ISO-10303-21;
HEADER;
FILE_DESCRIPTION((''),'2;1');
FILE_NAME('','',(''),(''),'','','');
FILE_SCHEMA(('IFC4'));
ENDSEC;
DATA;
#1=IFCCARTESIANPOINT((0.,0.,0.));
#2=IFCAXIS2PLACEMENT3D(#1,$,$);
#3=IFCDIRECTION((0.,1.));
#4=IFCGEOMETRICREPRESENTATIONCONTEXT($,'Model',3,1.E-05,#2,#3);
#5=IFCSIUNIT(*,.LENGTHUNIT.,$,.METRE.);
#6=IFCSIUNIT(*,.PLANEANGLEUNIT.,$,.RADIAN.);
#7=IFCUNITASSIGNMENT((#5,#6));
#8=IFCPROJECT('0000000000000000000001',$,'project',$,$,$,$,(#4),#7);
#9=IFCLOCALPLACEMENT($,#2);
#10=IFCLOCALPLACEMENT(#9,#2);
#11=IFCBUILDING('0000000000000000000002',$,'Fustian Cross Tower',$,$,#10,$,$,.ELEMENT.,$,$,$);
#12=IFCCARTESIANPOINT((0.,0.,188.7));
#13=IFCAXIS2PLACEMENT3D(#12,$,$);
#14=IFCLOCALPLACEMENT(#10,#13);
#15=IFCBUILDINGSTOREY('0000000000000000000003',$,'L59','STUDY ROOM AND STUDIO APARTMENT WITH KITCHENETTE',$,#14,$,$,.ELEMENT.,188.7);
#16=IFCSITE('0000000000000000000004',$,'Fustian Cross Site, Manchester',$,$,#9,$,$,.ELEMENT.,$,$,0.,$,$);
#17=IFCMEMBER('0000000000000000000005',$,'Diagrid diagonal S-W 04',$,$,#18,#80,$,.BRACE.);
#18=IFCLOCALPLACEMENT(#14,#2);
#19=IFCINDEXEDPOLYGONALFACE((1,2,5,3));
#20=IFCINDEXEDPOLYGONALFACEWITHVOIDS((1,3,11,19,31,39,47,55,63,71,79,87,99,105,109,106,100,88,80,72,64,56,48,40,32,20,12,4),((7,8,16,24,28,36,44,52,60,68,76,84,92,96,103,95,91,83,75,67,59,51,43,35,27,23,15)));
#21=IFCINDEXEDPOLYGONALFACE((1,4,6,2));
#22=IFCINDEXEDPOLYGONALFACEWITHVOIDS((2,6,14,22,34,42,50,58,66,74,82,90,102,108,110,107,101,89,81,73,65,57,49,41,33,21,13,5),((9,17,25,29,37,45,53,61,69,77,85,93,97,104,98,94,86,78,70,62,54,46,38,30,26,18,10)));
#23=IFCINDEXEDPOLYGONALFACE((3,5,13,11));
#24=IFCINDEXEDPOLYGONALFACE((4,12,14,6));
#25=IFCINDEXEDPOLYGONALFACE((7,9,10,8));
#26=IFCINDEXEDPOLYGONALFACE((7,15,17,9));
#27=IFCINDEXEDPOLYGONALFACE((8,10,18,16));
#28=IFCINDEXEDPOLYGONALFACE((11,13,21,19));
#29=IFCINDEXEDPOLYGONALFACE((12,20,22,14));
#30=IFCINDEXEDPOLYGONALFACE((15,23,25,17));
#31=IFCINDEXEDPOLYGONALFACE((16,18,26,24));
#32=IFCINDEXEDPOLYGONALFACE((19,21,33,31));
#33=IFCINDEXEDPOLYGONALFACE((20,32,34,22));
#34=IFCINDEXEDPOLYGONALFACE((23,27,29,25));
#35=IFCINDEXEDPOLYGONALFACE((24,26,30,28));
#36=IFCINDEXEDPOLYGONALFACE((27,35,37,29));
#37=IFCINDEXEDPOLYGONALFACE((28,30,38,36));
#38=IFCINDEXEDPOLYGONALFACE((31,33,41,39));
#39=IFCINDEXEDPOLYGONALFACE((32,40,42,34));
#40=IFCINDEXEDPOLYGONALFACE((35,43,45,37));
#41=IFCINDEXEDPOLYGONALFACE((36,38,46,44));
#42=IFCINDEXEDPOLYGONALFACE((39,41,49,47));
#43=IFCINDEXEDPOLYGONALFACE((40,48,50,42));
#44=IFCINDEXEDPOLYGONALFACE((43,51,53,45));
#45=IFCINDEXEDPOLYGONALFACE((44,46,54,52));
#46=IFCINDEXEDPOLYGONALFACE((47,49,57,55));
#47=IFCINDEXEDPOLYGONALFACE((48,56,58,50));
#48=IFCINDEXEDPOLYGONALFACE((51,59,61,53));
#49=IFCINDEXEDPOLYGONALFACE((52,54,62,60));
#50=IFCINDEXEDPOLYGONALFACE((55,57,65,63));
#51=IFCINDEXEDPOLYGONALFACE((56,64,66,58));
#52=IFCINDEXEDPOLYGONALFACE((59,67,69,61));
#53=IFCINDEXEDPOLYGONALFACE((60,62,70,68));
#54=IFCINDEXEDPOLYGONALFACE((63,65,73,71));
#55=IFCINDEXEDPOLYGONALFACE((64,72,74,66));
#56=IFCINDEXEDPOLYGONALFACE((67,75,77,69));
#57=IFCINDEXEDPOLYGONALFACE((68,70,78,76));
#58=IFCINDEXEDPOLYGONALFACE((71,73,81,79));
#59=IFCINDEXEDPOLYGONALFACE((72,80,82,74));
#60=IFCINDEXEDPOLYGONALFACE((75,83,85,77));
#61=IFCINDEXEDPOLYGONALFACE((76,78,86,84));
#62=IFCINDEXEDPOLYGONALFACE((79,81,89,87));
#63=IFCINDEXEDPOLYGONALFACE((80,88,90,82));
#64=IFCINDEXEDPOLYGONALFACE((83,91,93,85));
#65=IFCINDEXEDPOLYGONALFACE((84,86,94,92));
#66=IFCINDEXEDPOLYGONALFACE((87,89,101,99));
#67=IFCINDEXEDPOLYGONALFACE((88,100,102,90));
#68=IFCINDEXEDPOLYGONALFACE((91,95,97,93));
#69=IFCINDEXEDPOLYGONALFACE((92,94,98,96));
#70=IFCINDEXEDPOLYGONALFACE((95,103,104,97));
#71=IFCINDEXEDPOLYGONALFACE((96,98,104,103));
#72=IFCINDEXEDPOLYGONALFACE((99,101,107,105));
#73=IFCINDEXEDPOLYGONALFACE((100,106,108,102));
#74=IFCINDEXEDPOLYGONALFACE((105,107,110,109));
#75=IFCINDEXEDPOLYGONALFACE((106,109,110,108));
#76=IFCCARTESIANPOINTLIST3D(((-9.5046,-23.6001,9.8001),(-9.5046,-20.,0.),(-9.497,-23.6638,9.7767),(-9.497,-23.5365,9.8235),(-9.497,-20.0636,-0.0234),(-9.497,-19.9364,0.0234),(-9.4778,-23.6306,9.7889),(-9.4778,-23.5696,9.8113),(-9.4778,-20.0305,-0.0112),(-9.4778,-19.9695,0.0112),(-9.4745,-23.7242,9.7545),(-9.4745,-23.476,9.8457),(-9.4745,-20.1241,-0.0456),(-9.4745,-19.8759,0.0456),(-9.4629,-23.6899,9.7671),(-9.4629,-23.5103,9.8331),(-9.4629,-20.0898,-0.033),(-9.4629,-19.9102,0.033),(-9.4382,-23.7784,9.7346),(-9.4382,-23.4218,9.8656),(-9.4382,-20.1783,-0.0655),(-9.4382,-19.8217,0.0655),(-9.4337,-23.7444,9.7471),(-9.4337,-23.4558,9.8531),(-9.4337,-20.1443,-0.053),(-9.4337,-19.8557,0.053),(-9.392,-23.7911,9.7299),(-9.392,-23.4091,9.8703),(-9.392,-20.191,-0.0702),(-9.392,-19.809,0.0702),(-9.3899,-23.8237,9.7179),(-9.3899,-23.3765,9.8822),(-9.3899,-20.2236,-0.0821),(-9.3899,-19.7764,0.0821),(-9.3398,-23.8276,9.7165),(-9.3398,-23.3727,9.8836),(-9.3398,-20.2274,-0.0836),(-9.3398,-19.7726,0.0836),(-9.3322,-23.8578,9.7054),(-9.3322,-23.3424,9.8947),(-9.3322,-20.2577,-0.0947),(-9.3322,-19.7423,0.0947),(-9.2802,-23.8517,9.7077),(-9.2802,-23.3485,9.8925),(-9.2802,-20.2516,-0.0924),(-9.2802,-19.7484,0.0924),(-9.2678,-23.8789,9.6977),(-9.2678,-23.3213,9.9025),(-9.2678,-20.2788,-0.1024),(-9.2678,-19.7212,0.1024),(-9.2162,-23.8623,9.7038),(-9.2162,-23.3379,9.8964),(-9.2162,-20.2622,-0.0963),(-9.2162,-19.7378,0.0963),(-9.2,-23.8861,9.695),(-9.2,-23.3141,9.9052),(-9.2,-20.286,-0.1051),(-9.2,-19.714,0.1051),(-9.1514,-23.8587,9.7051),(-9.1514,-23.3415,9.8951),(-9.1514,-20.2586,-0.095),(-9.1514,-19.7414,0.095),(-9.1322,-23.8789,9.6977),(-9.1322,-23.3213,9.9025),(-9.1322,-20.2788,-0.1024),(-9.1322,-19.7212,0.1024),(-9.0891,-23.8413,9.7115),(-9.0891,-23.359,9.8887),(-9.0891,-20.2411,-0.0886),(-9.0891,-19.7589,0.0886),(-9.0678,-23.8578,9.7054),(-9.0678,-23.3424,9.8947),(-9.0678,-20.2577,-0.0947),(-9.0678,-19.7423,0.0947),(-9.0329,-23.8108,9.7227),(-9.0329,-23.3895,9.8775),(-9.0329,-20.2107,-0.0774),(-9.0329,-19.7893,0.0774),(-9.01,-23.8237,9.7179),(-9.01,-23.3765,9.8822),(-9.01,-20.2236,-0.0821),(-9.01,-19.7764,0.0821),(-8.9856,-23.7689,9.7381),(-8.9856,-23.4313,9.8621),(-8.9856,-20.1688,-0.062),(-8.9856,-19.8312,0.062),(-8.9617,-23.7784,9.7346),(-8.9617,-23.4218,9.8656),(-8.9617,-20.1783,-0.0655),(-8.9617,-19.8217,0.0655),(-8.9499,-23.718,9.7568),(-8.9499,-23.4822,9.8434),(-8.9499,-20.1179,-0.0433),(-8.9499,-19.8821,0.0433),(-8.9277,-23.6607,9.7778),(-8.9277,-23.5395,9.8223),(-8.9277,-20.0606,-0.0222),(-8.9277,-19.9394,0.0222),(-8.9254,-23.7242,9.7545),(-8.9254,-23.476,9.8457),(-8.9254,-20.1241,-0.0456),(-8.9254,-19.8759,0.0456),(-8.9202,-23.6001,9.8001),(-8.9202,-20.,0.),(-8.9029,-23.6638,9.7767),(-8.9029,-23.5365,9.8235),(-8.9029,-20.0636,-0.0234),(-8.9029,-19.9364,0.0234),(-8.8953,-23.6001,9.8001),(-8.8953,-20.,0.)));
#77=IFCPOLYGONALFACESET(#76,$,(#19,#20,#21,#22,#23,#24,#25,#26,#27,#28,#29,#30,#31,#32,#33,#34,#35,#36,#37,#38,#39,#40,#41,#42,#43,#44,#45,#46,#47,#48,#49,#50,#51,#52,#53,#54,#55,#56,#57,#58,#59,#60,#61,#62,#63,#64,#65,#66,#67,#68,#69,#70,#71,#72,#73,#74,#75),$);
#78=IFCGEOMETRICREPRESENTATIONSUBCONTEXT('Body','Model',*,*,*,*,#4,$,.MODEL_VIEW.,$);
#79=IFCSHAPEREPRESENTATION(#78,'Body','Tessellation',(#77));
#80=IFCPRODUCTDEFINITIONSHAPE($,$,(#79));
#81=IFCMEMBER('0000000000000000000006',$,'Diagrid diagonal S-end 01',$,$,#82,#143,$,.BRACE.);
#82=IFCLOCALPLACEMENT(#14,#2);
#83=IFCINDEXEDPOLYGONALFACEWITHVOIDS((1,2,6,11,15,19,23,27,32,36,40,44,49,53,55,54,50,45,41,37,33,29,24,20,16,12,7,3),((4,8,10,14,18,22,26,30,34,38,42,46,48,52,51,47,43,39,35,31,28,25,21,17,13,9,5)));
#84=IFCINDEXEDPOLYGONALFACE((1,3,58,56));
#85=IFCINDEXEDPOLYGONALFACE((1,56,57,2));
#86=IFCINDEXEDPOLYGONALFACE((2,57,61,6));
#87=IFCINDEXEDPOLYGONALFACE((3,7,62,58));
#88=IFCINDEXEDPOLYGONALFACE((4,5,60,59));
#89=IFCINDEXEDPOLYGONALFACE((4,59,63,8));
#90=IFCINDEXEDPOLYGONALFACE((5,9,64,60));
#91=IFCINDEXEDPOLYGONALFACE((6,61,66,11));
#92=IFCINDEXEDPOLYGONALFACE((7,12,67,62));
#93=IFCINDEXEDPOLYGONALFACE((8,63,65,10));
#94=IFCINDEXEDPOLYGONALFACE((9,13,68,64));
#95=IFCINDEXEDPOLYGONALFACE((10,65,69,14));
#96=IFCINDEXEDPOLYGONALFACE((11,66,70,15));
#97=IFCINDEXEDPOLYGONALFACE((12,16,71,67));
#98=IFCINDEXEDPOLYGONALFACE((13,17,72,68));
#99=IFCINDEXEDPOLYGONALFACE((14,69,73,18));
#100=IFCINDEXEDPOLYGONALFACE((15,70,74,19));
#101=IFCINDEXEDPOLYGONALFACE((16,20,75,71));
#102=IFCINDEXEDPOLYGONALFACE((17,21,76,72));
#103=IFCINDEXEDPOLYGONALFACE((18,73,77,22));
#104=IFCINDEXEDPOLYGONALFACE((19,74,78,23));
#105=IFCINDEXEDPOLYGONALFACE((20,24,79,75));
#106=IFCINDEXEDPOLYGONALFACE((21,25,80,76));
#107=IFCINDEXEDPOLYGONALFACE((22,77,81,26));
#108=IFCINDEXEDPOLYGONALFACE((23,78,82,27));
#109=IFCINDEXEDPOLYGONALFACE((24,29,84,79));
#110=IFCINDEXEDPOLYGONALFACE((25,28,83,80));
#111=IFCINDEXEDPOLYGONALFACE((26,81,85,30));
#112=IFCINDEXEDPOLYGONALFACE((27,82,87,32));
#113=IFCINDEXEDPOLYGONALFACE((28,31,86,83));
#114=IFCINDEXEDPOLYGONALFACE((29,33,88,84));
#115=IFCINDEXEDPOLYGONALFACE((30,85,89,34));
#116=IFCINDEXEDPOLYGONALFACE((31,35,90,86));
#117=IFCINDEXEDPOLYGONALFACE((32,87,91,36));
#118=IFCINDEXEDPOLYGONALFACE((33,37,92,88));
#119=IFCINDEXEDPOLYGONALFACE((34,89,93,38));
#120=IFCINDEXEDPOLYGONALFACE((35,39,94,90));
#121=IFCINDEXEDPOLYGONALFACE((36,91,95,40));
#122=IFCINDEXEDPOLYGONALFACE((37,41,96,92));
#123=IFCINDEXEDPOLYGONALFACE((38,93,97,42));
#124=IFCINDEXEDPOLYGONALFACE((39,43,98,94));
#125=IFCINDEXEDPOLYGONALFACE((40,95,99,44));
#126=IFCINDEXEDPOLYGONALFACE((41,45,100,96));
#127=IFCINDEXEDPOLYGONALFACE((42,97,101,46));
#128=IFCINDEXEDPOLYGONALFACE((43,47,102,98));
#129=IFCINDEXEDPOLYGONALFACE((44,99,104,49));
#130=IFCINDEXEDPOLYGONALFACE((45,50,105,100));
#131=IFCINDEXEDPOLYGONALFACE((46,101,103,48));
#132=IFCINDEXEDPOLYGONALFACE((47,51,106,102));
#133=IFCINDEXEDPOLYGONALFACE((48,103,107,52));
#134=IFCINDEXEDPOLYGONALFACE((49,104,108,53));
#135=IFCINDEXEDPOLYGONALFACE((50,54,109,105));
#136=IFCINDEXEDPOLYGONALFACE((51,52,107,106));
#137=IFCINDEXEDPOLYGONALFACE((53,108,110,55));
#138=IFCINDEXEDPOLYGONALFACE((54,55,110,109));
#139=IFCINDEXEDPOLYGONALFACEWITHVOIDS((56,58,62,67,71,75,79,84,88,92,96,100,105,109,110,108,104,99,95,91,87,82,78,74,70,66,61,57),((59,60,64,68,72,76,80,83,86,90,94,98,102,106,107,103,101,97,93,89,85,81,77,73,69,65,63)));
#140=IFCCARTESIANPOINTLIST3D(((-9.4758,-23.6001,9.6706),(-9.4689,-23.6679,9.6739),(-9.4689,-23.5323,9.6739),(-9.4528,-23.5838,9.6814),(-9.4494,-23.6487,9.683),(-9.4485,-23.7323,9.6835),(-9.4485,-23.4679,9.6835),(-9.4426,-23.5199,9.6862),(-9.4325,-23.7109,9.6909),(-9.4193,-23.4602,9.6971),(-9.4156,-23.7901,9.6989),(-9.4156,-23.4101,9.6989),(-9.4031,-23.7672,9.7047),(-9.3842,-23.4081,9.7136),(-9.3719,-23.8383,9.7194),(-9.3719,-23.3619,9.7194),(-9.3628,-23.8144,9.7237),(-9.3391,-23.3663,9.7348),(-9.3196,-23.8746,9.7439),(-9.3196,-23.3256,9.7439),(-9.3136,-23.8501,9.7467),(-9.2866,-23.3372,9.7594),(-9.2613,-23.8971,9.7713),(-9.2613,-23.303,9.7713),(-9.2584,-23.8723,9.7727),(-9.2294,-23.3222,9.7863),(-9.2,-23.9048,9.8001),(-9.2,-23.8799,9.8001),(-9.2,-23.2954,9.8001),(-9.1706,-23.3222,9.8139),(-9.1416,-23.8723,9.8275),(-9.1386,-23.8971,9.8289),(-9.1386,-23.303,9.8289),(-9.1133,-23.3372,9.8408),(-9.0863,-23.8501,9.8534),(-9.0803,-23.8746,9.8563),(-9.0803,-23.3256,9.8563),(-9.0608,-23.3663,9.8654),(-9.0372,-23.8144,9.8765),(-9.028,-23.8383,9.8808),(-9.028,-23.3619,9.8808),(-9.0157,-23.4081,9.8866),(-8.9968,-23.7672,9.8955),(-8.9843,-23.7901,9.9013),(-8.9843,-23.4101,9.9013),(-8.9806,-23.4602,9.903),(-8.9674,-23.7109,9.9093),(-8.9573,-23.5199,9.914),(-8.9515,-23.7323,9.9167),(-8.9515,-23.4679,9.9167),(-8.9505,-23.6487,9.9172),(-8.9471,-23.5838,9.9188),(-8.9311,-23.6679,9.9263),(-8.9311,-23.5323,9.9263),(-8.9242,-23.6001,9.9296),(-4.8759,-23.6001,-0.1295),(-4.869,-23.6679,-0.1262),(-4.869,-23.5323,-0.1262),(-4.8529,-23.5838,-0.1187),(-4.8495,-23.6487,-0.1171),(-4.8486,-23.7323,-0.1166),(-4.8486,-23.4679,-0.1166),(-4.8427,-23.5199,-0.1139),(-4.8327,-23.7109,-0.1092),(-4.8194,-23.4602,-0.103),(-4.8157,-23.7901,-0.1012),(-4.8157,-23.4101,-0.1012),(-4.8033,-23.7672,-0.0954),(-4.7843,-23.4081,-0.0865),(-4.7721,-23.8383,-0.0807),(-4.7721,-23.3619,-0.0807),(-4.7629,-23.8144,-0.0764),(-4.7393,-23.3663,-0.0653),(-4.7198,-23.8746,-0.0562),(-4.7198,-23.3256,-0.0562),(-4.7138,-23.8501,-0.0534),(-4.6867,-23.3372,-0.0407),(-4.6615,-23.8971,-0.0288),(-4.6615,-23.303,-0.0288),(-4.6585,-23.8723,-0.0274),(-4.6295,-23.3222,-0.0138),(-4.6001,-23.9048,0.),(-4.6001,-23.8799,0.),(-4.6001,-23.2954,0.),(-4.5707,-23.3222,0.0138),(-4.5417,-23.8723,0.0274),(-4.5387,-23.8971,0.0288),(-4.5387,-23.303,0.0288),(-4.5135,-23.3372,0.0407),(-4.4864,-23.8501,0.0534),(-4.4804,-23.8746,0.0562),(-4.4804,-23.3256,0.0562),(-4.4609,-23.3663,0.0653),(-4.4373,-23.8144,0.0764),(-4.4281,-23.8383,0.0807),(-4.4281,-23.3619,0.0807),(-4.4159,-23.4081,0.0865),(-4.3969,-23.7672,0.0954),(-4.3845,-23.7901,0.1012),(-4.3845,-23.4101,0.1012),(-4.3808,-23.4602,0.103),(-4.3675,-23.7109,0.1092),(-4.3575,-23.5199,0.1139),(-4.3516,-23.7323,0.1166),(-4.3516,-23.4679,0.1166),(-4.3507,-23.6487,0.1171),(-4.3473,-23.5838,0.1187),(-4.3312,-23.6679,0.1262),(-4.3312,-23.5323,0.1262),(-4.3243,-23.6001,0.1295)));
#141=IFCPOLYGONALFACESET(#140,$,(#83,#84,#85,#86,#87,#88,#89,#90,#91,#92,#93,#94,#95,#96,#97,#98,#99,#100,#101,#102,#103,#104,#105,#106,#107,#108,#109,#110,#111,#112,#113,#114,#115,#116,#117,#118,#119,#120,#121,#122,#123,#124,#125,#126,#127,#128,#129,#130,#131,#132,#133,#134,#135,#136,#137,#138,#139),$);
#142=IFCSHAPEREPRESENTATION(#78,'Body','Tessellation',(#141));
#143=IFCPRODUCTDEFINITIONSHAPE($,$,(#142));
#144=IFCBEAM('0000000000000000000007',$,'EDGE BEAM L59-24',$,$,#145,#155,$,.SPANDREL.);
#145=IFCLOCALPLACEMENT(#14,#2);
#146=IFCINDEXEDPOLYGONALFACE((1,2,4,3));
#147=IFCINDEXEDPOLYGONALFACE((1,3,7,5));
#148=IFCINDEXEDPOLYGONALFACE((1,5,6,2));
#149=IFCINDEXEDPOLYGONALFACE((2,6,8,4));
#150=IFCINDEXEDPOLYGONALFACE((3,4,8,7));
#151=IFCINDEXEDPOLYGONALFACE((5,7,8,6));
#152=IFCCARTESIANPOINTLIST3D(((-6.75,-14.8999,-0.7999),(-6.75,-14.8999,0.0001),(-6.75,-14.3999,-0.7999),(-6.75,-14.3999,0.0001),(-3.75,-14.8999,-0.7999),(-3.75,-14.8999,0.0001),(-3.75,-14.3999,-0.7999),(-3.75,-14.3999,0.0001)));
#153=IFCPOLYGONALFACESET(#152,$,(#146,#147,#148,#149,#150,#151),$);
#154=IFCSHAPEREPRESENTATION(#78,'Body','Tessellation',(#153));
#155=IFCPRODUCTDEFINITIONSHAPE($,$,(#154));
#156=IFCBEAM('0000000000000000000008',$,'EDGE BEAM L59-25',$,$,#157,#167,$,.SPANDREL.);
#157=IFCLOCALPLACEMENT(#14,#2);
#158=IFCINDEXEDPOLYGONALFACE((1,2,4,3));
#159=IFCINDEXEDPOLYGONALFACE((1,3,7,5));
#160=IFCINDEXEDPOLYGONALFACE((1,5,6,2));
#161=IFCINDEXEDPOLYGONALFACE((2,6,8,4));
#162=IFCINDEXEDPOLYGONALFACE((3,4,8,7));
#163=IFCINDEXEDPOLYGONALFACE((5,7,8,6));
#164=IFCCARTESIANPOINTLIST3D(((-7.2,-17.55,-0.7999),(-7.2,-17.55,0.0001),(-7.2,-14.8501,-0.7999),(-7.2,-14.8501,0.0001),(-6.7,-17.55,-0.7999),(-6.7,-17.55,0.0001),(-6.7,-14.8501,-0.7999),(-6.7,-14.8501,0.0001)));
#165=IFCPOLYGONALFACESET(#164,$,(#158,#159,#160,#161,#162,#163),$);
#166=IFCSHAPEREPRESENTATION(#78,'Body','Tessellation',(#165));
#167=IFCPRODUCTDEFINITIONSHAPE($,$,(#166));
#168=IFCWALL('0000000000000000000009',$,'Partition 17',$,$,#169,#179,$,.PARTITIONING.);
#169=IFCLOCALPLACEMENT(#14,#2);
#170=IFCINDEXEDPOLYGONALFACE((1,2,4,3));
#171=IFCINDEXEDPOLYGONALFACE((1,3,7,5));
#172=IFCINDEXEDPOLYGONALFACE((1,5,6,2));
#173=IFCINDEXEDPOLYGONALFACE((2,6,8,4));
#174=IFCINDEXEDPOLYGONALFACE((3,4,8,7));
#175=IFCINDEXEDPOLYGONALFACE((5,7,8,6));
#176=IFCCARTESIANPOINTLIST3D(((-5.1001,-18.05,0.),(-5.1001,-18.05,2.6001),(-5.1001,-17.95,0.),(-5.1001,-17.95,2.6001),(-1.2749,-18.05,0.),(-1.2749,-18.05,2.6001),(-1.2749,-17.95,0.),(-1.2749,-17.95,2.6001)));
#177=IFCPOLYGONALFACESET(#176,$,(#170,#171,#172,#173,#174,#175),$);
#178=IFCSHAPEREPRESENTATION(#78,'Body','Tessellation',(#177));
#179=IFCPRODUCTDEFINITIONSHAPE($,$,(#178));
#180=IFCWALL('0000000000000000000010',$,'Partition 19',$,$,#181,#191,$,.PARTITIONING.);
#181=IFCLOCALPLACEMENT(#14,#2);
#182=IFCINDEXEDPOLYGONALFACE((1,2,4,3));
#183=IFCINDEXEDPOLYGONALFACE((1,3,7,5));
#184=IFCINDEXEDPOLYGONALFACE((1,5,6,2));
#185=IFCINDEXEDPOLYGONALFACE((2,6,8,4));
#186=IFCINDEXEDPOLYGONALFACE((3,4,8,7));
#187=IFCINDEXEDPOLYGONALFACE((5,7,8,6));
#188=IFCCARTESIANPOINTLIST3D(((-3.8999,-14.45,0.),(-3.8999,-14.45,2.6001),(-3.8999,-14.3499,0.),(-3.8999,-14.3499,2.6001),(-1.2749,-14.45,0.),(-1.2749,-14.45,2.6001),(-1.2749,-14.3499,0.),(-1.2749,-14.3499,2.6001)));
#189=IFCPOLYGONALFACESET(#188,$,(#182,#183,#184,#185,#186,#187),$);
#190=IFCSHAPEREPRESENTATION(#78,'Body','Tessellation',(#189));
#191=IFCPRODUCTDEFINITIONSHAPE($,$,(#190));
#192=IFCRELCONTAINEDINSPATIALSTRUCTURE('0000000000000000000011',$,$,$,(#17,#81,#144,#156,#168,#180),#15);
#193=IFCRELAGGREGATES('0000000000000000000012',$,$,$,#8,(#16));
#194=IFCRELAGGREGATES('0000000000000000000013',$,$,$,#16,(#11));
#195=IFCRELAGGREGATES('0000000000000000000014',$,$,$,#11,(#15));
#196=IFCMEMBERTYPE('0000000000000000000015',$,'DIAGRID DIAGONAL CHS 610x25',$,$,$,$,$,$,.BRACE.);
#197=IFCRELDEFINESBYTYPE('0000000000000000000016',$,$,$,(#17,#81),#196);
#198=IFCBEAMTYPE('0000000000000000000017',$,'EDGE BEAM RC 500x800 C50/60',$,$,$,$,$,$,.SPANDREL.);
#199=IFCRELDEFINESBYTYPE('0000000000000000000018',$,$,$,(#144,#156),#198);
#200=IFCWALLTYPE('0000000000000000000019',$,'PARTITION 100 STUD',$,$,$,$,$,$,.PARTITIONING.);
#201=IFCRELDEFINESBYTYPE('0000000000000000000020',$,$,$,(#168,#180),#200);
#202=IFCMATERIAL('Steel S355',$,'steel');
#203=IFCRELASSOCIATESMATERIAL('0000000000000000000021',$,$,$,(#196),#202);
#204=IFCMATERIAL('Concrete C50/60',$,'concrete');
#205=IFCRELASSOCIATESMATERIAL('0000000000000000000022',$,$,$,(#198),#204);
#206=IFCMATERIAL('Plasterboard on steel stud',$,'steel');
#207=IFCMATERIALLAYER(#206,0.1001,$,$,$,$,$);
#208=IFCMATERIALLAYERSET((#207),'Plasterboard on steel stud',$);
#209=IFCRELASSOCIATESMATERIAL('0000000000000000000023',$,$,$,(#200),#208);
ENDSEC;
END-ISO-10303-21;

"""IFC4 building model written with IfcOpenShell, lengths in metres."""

from ifc_helpers import new_model, si_unit, direction, frame, frame_2d, origin, origin_2d, place, context, subcontext, project, spatial, rectangle, hollow_circle, extrude, material, layer, layer_set, material_profile, profile_set, type_object, element, save


model = new_model("IFC4")

# Units and contexts
model_context = context("Model", 3, precision=1e-05, world=origin(), true_north=direction((0.0, 1.0)))
body_context = subcontext(model_context, "Body", "Model", "MODEL_VIEW")
ifc_project = project(units=[si_unit("LENGTHUNIT", "METRE"), si_unit("PLANEANGLEUNIT", "RADIAN")], contexts=[model_context])

# Site, building, storey
site_placement = place(None, origin())
site = spatial("IfcSite", under=ifc_project, at=site_placement, Name="Fustian Cross Site, Manchester", CompositionType="ELEMENT", RefElevation=0.0)
building_placement = place(site_placement, origin())
building = spatial("IfcBuilding", under=site, at=building_placement, Name="Fustian Cross Tower", CompositionType="ELEMENT")
storey_placement = place(building_placement, frame((0.0, 0.0, 188.7)))
storey = spatial("IfcBuildingStorey", under=building, at=storey_placement, Name="L59", Description="STUDY ROOM AND STUDIO APARTMENT WITH KITCHENETTE", CompositionType="ELEMENT", Elevation=188.7)

# Members
ifc_material_1 = material(Name="Steel S355", Category="steel")
ifc_material_profile_1 = material_profile(ifc_material_1, hollow_circle(Radius=0.3047, WallThickness=0.0249, at=origin_2d()), Name="CHS 610x25")
ifc_profile_set_1 = profile_set([ifc_material_profile_1], Name="Steel S355")
member_type_1 = type_object("IfcMemberType", Name="DIAGRID DIAGONAL CHS 610x25", PredefinedType="BRACE", material=ifc_profile_set_1)
member_1_placement = place(storey_placement, frame((-9.2, -20.0, 0.0), z_axis=(0.0, -0.344824, 0.938667), x_axis=(1.0, 0.0, 0.0)))
element("IfcMember", 1, at=member_1_placement, inside=storey, type_object=member_type_1, Name="Diagrid diagonal S-W 04", PredefinedType="BRACE", context=body_context, shape_type="SweptSolid", body=[
    extrude(hollow_circle(Radius=0.3047, WallThickness=0.0249, at=origin_2d()), origin(), (0.0, 0.0, 1.0), 10.4404),
])
member_2_placement = place(storey_placement, frame((-4.6001, -23.6001, 0.0), z_axis=(-0.424894, 0.0, 0.905243), x_axis=(0.0, -1.0, 0.0)))
element("IfcMember", 2, at=member_2_placement, inside=storey, type_object=member_type_1, Name="Diagrid diagonal S-end 01", PredefinedType="BRACE", context=body_context, shape_type="SweptSolid", body=[
    extrude(hollow_circle(Radius=0.3047, WallThickness=0.0249, at=origin_2d()), origin(), (0.0, 0.0, 1.0), 10.8259),
])

# Beams
ifc_material_2 = material(Name="Concrete C50/60", Category="concrete")
ifc_material_profile_2 = material_profile(ifc_material_2, rectangle(XDim=0.5, YDim=0.8, at=origin_2d()), Name="RC 500x800")
ifc_profile_set_2 = profile_set([ifc_material_profile_2], Name="Concrete C50/60")
beam_type = type_object("IfcBeamType", Name="EDGE BEAM RC 500x800 C50/60", PredefinedType="SPANDREL", material=ifc_profile_set_2)
beam_1_placement = place(storey_placement, frame((-3.75, -14.6499, -0.3999), z_axis=(-1.0, 0.0, 0.0), x_axis=(0.0, -1.0, 0.0)))
element("IfcBeam", 3, at=beam_1_placement, inside=storey, type_object=beam_type, Name="EDGE BEAM L59-24", PredefinedType="SPANDREL", context=body_context, shape_type="SweptSolid", body=[
    extrude(rectangle(XDim=0.5, YDim=0.8, at=origin_2d()), origin(), (0.0, 0.0, 1.0), 3.0),
])
beam_2_placement = place(storey_placement, frame((-6.95, -14.8501, -0.3999), z_axis=(0.0, -1.0, 0.0), x_axis=(1.0, 0.0, 0.0)))
element("IfcBeam", 4, at=beam_2_placement, inside=storey, type_object=beam_type, Name="EDGE BEAM L59-25", PredefinedType="SPANDREL", context=body_context, shape_type="SweptSolid", body=[
    extrude(rectangle(XDim=0.5, YDim=0.8, at=origin_2d()), origin(), (0.0, 0.0, 1.0), 2.7),
])

# Walls
ifc_material_3 = material(Name="Plasterboard on steel stud", Category="steel")
ifc_layer_1 = layer(ifc_material_3, 0.1001)
ifc_layer_set_1 = layer_set([ifc_layer_1], Name="Plasterboard on steel stud")
wall_type_1 = type_object("IfcWallType", Name="PARTITION 100 STUD", PredefinedType="PARTITIONING", material=ifc_layer_set_1)
wall_1_placement = place(storey_placement, frame((-5.1001, -18.0, 0.0), z_axis=(0.0, 0.0, 1.0), x_axis=(1.0, 0.0, 0.0)))
element("IfcWall", 5, at=wall_1_placement, inside=storey, type_object=wall_type_1, Name="Partition 17", PredefinedType="PARTITIONING", context=body_context, shape_type="SweptSolid", body=[
    extrude(rectangle(XDim=3.8252, YDim=0.1001, at=frame_2d((1.9126, 0.0))), origin(), (0.0, 0.0, 1.0), 2.6001),
])
wall_2_placement = place(storey_placement, frame((-3.8999, -14.3999, 0.0), z_axis=(0.0, 0.0, 1.0), x_axis=(1.0, 0.0, 0.0)))
element("IfcWall", 6, at=wall_2_placement, inside=storey, type_object=wall_type_1, Name="Partition 19", PredefinedType="PARTITIONING", context=body_context, shape_type="SweptSolid", body=[
    extrude(rectangle(XDim=2.625, YDim=0.1001, at=frame_2d((1.3125, 0.0))), origin(), (0.0, 0.0, 1.0), 2.6001),
])

save(model, "model.ifc")
